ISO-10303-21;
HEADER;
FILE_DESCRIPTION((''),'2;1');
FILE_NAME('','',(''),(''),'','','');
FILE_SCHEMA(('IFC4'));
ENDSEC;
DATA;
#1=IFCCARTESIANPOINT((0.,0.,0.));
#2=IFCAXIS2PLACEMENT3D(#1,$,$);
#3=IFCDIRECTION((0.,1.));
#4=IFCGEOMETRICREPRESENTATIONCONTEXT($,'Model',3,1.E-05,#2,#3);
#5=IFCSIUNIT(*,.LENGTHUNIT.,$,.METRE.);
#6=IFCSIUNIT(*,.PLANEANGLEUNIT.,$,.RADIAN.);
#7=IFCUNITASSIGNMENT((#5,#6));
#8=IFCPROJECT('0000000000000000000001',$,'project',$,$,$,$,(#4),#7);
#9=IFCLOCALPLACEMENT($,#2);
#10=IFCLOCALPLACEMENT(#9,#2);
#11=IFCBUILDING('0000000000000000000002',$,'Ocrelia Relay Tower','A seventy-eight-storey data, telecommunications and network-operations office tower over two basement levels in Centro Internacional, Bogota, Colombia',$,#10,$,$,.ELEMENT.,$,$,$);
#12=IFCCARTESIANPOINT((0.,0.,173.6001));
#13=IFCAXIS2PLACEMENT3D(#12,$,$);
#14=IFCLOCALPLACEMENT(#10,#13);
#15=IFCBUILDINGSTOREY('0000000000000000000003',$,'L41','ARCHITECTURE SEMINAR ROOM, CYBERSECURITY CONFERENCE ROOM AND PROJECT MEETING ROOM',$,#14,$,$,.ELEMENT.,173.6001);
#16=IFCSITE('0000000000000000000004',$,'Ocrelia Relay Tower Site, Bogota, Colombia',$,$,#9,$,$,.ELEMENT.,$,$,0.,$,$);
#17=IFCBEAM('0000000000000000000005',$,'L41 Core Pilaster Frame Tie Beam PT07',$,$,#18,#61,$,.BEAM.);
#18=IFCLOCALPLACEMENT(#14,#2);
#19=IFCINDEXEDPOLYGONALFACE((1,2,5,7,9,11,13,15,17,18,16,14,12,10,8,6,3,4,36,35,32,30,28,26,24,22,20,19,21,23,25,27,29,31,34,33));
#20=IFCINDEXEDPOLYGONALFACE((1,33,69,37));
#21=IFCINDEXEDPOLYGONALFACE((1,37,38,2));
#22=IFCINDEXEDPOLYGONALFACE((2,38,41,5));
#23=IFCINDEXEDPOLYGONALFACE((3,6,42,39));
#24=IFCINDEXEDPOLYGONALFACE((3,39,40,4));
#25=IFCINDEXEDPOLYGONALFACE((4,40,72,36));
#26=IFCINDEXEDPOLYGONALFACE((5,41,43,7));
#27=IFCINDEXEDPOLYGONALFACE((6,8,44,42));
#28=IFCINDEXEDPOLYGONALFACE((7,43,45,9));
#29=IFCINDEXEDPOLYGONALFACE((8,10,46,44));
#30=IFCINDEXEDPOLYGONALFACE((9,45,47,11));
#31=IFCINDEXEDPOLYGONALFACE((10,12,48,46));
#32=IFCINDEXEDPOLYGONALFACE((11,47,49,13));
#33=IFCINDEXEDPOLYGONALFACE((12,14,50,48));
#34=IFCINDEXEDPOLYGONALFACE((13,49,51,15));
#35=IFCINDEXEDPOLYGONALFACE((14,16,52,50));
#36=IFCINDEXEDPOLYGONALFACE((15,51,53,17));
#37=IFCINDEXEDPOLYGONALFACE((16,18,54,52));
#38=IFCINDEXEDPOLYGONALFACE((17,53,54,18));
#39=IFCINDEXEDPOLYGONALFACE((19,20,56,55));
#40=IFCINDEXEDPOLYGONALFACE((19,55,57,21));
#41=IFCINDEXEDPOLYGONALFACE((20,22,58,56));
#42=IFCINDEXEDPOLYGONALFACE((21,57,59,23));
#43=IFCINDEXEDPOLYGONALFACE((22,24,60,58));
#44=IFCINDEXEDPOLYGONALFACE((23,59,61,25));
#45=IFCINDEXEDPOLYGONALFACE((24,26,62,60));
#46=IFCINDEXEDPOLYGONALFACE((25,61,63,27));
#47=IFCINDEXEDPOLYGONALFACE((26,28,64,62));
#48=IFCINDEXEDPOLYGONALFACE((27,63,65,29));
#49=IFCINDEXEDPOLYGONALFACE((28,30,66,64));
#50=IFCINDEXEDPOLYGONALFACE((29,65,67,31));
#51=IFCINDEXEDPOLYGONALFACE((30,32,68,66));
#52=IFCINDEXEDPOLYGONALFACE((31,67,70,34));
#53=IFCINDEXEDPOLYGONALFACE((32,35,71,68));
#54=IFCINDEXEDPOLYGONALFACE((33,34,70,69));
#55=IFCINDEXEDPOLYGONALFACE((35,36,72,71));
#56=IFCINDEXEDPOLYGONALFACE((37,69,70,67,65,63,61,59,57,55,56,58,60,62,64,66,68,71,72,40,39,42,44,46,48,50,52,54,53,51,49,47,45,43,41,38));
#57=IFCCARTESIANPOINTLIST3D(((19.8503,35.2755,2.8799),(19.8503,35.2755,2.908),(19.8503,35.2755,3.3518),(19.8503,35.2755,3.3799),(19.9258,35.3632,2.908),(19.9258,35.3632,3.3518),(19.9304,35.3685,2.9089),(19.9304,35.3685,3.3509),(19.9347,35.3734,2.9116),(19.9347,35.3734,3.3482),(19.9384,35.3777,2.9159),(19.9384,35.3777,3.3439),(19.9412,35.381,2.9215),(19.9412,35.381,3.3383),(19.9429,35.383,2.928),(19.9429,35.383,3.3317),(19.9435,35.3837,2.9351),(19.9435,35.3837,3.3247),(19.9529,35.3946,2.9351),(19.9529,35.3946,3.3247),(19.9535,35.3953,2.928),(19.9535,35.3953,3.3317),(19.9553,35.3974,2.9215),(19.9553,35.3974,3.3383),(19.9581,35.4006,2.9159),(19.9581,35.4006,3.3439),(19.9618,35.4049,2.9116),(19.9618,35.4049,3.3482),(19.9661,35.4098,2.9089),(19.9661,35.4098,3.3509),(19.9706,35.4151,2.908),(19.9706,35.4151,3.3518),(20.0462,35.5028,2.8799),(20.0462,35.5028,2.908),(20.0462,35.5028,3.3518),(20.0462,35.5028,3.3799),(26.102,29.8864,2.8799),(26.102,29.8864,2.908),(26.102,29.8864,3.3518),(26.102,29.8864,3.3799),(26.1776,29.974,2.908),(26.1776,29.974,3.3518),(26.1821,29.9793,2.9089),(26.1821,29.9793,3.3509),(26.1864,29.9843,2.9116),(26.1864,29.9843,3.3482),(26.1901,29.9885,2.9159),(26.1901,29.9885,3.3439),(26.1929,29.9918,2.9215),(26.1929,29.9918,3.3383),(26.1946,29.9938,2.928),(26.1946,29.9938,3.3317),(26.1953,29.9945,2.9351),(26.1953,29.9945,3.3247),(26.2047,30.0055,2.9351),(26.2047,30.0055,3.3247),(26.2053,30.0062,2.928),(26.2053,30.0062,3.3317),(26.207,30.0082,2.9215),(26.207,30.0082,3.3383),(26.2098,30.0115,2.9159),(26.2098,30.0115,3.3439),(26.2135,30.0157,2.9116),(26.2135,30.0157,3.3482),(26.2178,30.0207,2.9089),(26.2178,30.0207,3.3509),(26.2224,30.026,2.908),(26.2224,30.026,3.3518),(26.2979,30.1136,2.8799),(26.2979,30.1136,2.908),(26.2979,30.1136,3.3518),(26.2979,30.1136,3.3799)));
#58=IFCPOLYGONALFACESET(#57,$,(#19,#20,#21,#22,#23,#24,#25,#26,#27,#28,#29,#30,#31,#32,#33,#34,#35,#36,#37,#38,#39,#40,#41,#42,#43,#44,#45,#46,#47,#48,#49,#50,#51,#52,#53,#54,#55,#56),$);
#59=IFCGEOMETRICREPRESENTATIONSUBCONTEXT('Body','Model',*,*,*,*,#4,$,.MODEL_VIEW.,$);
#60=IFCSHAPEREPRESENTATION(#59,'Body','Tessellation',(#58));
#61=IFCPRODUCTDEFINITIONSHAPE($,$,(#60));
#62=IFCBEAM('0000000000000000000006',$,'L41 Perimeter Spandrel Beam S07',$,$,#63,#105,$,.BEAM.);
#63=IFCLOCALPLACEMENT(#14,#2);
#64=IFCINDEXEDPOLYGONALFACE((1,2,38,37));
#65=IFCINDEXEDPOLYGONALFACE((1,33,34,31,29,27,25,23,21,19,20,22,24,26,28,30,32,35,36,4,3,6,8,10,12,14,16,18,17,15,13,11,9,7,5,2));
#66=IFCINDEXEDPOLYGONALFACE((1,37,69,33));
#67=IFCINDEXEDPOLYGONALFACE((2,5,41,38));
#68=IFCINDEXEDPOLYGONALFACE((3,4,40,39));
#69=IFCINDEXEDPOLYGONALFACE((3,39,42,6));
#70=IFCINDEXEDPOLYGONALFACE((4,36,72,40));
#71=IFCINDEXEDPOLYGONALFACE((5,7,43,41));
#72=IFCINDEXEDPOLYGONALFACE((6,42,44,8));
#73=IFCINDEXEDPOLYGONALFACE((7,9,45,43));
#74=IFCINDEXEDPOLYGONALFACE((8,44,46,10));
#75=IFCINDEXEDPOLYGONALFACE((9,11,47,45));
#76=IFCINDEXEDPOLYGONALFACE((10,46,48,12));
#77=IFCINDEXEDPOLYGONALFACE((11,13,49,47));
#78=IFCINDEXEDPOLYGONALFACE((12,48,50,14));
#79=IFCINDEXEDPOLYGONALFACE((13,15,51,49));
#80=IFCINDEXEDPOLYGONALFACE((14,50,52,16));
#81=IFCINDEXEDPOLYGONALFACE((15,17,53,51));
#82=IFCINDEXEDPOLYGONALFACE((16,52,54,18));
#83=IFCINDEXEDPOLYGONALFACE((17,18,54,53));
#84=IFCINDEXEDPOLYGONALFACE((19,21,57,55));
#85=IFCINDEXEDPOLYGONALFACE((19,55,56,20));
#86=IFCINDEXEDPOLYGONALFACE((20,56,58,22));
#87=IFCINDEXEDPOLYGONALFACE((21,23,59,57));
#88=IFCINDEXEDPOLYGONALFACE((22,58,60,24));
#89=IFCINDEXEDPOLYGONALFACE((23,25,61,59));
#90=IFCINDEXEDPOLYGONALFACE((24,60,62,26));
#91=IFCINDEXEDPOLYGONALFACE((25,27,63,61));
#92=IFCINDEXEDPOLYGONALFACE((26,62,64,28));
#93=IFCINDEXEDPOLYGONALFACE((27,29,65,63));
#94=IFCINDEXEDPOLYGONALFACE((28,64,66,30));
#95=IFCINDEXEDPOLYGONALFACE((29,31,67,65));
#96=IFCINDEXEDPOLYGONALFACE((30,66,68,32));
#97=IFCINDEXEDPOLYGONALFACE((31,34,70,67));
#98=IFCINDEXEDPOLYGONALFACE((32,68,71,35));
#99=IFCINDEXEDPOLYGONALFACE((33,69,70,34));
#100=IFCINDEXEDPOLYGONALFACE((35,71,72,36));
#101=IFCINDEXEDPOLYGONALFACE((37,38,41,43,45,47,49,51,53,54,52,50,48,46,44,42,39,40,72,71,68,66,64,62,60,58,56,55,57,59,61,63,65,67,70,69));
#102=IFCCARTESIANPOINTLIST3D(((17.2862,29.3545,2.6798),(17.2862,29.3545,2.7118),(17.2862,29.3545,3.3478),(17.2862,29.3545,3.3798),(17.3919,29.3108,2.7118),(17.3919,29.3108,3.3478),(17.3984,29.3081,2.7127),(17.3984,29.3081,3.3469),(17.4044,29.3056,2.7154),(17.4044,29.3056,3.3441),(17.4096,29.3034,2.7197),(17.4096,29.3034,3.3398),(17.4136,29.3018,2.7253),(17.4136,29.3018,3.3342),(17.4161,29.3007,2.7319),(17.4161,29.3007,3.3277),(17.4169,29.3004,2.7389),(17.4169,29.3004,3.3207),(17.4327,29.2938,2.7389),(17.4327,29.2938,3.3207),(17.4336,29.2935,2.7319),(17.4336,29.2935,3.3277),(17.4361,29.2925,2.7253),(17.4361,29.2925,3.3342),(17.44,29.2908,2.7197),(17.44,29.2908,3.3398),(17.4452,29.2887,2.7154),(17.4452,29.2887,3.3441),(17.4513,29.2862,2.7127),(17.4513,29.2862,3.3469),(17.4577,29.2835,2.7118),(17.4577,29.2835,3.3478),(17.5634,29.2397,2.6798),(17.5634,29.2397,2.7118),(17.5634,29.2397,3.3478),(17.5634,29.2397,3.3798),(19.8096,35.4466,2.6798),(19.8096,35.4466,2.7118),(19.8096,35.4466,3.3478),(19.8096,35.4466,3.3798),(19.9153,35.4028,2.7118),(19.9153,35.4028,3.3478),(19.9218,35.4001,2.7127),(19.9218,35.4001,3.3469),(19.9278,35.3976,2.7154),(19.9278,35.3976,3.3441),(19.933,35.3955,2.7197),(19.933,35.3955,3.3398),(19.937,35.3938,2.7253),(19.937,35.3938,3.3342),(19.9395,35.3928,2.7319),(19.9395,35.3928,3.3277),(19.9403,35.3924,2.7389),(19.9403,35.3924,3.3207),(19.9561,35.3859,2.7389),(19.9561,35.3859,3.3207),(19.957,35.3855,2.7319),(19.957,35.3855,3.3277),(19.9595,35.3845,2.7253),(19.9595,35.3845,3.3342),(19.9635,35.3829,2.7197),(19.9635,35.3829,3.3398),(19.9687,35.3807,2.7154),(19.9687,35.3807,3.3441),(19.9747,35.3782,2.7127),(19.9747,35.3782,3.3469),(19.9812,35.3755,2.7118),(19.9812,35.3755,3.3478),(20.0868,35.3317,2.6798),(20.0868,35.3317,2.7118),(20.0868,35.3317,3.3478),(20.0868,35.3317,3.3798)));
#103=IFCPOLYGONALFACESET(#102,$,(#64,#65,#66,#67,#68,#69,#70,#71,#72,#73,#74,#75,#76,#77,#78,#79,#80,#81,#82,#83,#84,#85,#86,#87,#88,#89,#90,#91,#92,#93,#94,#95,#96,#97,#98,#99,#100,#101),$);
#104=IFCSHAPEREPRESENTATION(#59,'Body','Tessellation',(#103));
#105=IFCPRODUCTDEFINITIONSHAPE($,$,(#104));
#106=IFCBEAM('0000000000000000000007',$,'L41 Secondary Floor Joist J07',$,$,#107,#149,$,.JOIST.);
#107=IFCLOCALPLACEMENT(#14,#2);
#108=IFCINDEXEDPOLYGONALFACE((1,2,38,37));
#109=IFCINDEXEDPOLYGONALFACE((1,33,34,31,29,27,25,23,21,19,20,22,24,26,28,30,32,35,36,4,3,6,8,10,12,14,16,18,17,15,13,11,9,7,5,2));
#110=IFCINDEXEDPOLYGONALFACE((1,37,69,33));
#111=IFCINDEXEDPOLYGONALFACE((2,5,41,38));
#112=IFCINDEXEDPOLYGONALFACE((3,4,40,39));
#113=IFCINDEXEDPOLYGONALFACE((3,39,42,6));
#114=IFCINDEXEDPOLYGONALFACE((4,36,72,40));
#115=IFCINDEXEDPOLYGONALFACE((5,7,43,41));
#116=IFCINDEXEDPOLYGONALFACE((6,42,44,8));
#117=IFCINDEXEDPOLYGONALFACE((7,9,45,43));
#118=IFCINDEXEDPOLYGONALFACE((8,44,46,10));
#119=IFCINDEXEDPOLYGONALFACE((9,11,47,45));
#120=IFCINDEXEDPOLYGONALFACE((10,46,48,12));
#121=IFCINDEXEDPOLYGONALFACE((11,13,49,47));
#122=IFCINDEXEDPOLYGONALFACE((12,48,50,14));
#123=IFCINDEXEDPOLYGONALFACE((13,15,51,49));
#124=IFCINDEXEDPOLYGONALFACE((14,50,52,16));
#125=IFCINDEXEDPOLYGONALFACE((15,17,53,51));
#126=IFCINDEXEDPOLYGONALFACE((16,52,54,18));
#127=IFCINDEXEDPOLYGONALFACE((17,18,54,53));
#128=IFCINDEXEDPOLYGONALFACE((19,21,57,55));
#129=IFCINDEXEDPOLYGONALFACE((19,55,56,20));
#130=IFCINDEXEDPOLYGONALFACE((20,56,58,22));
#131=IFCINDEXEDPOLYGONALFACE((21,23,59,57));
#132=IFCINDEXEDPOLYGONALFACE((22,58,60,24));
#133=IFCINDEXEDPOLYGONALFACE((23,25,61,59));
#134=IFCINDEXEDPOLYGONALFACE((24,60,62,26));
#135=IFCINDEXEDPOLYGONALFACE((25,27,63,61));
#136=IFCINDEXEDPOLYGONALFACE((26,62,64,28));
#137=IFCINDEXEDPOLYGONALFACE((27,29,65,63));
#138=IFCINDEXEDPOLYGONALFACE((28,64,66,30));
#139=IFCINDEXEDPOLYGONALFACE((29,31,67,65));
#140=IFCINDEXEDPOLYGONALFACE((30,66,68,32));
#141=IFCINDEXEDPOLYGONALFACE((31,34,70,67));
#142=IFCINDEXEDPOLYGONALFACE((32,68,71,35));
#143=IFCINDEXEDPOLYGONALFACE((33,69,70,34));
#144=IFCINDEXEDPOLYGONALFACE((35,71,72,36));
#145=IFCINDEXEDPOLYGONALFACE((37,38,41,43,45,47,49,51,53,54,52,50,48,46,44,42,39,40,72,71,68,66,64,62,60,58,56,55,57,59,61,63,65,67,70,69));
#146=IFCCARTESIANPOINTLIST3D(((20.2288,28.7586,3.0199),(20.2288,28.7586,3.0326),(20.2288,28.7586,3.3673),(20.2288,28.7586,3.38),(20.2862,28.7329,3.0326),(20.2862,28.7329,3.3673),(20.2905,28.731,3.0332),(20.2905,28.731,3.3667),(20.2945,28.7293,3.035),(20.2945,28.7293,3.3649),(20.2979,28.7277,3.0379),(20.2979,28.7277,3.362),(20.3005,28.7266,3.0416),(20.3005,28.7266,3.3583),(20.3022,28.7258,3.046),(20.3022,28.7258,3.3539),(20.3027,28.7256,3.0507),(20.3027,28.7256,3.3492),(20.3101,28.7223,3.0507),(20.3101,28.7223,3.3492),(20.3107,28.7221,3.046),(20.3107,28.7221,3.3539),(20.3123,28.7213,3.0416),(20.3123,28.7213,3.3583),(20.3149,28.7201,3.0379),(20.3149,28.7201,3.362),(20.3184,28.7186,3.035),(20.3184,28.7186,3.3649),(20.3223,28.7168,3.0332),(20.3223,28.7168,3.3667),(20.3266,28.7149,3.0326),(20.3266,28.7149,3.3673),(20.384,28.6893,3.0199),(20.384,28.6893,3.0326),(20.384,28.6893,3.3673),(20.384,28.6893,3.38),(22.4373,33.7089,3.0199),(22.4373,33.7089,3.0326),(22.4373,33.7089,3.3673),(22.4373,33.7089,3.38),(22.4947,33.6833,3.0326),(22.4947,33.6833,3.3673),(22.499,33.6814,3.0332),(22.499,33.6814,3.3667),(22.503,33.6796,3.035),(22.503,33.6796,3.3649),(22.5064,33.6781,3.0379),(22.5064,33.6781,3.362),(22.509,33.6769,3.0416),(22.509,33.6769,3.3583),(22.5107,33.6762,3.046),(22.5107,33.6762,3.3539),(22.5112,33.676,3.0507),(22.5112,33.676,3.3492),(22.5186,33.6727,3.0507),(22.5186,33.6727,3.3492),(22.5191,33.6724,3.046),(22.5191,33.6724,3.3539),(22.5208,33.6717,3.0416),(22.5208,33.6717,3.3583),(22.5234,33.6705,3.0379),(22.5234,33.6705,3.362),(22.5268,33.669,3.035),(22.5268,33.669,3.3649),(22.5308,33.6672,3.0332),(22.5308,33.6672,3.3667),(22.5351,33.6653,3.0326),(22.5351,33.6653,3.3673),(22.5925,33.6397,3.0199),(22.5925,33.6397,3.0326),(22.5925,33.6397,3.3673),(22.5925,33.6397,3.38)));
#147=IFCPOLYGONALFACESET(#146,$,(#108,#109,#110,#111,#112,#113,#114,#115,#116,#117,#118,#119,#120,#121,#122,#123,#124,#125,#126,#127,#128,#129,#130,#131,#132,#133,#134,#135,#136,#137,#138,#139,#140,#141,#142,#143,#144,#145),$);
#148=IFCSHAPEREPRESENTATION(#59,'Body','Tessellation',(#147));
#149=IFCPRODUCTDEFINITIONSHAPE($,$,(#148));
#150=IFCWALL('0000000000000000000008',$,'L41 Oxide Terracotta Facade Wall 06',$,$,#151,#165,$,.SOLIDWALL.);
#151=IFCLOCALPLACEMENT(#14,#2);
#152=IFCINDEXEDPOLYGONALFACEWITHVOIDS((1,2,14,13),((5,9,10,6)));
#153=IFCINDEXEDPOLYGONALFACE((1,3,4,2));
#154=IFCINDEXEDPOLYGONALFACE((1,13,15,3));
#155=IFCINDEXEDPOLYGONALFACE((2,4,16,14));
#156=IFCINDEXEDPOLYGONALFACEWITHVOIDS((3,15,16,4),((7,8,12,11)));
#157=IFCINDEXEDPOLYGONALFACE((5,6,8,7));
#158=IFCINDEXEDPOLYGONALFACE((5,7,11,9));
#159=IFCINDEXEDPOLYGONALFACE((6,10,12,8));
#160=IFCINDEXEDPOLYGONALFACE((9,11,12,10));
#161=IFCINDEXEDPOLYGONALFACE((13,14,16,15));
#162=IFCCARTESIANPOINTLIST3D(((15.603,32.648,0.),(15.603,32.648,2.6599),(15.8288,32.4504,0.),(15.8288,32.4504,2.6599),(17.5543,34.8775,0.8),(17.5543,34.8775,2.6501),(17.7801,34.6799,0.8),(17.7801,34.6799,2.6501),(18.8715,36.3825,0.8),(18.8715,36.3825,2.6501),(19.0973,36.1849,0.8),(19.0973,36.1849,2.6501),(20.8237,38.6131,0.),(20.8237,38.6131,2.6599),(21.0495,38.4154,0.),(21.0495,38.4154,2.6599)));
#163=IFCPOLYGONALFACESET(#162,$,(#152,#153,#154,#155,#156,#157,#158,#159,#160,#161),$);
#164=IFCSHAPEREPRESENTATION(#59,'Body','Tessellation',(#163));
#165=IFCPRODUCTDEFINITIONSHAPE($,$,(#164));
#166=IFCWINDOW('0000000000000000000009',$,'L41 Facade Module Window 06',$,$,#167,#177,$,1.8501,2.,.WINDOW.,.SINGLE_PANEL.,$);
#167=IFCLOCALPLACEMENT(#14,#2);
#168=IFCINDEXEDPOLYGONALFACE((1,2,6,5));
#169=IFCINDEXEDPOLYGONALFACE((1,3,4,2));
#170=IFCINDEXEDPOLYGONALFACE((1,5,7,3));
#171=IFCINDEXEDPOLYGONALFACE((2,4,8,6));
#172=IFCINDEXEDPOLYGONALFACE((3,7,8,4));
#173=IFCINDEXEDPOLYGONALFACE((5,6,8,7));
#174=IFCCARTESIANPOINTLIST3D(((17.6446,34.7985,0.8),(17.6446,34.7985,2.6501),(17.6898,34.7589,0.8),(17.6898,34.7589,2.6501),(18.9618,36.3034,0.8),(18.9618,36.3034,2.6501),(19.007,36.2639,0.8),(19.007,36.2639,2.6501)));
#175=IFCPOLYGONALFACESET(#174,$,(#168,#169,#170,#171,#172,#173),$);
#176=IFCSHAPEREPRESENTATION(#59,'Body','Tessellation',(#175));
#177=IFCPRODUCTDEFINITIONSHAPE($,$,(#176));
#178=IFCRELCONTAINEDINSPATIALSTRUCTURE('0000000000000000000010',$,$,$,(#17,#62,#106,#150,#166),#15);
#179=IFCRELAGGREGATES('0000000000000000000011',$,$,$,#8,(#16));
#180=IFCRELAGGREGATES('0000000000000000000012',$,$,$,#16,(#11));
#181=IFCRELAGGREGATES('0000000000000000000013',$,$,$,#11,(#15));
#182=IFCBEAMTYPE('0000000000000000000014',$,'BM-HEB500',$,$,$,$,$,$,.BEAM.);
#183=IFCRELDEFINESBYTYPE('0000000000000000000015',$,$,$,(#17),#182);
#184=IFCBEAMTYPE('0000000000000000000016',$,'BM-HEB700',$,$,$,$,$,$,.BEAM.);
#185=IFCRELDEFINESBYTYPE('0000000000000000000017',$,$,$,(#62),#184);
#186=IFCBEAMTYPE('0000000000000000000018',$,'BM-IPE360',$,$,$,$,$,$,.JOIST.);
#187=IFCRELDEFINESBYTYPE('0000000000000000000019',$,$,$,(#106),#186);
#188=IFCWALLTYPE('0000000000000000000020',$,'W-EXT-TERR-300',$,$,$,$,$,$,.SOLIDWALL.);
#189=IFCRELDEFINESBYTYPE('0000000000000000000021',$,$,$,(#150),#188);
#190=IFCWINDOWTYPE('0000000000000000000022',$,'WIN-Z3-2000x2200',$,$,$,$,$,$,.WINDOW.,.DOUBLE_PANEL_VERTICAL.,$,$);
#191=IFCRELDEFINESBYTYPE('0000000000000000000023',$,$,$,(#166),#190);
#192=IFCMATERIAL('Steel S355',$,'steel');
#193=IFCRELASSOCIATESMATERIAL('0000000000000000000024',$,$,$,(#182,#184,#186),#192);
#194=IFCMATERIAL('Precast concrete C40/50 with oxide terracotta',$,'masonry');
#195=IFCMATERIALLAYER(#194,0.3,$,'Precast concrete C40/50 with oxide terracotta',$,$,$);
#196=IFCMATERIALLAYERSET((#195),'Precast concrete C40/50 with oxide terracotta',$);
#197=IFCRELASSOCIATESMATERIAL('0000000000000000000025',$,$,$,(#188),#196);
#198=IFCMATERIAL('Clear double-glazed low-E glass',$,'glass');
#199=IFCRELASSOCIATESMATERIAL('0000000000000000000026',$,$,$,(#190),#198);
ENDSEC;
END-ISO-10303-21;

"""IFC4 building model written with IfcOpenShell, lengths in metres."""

from ifc_helpers import new_model, si_unit, direction, frame, frame_2d, origin, origin_2d, place, context, subcontext, project, spatial, rectangle, i_section, extrude, material, layer, layer_set, material_profile, profile_set, type_object, element, fill, save


model = new_model("IFC4")

# Units and contexts
model_context = context("Model", 3, precision=1e-05, world=origin(), true_north=direction((0.0, 1.0)))
body_context = subcontext(model_context, "Body", "Model", "MODEL_VIEW")
ifc_project = project(units=[si_unit("LENGTHUNIT", "METRE"), si_unit("PLANEANGLEUNIT", "RADIAN")], contexts=[model_context])

# Site, building, storey
site_placement = place(None, origin())
site = spatial("IfcSite", under=ifc_project, at=site_placement, Name="Ocrelia Relay Tower Site, Bogota, Colombia", CompositionType="ELEMENT", RefElevation=0.0)
building_placement = place(site_placement, origin())
building = spatial("IfcBuilding", under=site, at=building_placement, Name="Ocrelia Relay Tower", Description="A seventy-eight-storey data, telecommunications and network-operations office tower over two basement levels in Centro Internacional, Bogota, Colombia", CompositionType="ELEMENT")
storey_placement = place(building_placement, frame((0.0, 0.0, 173.6001)))
storey = spatial("IfcBuildingStorey", under=building, at=storey_placement, Name="L41", Description="ARCHITECTURE SEMINAR ROOM, CYBERSECURITY CONFERENCE ROOM AND PROJECT MEETING ROOM", CompositionType="ELEMENT", Elevation=173.6001)

# Beams
ifc_material_1 = material(Name="Steel S355", Category="steel")
ifc_material_profile_1 = material_profile(ifc_material_1, i_section(OverallWidth=0.3, OverallDepth=0.5, WebThickness=0.0144, FlangeThickness=0.0281, FilletRadius=0.0271, at=origin_2d()), Name="HEB 500")
ifc_profile_set_1 = profile_set([ifc_material_profile_1], Name="Steel S355")
beam_type_1 = type_object("IfcBeamType", Name="BM-HEB500", PredefinedType="BEAM", material=ifc_profile_set_1)
beam_1_placement = place(storey_placement, frame((19.9482, 35.3892, 3.1299), z_axis=(0.757425, -0.652923, 0.0), x_axis=(0.652923, 0.757425, 0.0)))
element("IfcBeam", 1, at=beam_1_placement, inside=storey, type_object=beam_type_1, Name="L41 Core Pilaster Frame Tie Beam PT07", PredefinedType="BEAM", context=body_context, shape_type="SweptSolid", body=[
    extrude(i_section(OverallWidth=0.3, OverallDepth=0.5, WebThickness=0.0144, FlangeThickness=0.0281, FilletRadius=0.0271, at=origin_2d()), origin(), (0.0, 0.0, 1.0), 8.2539),
])
ifc_material_profile_2 = material_profile(ifc_material_1, i_section(OverallWidth=0.3, OverallDepth=0.7, WebThickness=0.0171, FlangeThickness=0.032, FilletRadius=0.0271, at=origin_2d()), Name="HEB 700")
ifc_profile_set_2 = profile_set([ifc_material_profile_2], Name="Steel S355")
beam_type_2 = type_object("IfcBeamType", Name="BM-HEB700", PredefinedType="BEAM", material=ifc_profile_set_2)
beam_2_placement = place(storey_placement, frame((19.9482, 35.3892, 3.0298), z_axis=(-0.382688, -0.923878, 0.0), x_axis=(0.923878, -0.382688, 0.0)))
element("IfcBeam", 2, at=beam_2_placement, inside=storey, type_object=beam_type_2, Name="L41 Perimeter Spandrel Beam S07", PredefinedType="BEAM", context=body_context, shape_type="SweptSolid", body=[
    extrude(i_section(OverallWidth=0.3, OverallDepth=0.7, WebThickness=0.0171, FlangeThickness=0.032, FilletRadius=0.0271, at=origin_2d()), origin(), (0.0, 0.0, 1.0), 6.594),
])
ifc_material_profile_3 = material_profile(ifc_material_1, i_section(OverallWidth=0.1699, OverallDepth=0.3601, WebThickness=0.0081, FlangeThickness=0.0127, FilletRadius=0.0181, at=origin_2d()), Name="IPE 360")
ifc_profile_set_3 = profile_set([ifc_material_profile_3], Name="Steel S355")
beam_type_3 = type_object("IfcBeamType", Name="BM-IPE360", PredefinedType="JOIST", material=ifc_profile_set_3)
beam_3_placement = place(storey_placement, frame((22.5149, 33.6743, 3.2), z_axis=(-0.407417, -0.913242, 0.0), x_axis=(0.913242, -0.407417, 0.0)))
element("IfcBeam", 3, at=beam_3_placement, inside=storey, type_object=beam_type_3, Name="L41 Secondary Floor Joist J07", PredefinedType="JOIST", context=body_context, shape_type="SweptSolid", body=[
    extrude(i_section(OverallWidth=0.1699, OverallDepth=0.3601, WebThickness=0.0081, FlangeThickness=0.0127, FilletRadius=0.0181, at=origin_2d()), origin(), (0.0, 0.0, 1.0), 5.4207),
])

# Wall, opening, window
ifc_material_2 = material(Name="Precast concrete C40/50 with oxide terracotta", Category="masonry")
ifc_layer_1 = layer(ifc_material_2, 0.3, Name="Precast concrete C40/50 with oxide terracotta")
ifc_layer_set_1 = layer_set([ifc_layer_1], Name="Precast concrete C40/50 with oxide terracotta")
wall_type_1 = type_object("IfcWallType", Name="W-EXT-TERR-300", PredefinedType="SOLIDWALL", material=ifc_layer_set_1)
wall_1_placement = place(storey_placement, frame((20.9365, 38.5142, 0.0), z_axis=(0.0, 0.0, 1.0), x_axis=(-0.658594, -0.752498, 0.0)))
wall_1 = element("IfcWall", 4, at=wall_1_placement, inside=storey, type_object=wall_type_1, Name="L41 Oxide Terracotta Facade Wall 06", PredefinedType="SOLIDWALL", context=body_context, shape_type="SweptSolid", body=[
    extrude(rectangle(XDim=7.927, YDim=0.3, at=frame_2d((3.9634, 0.0))), origin(), (0.0, 0.0, 1.0), 2.6599),
])
opening_1_placement = place(wall_1_placement, frame((2.9641, 0.0, 0.8)))
opening_1 = element("IfcOpeningElement", 5, at=opening_1_placement, cuts=wall_1, PredefinedType="OPENING", context=body_context, shape_type="SweptSolid", body=[
    extrude(rectangle(XDim=2.0, YDim=1.8501, at=frame_2d((1.0, 0.925))), frame((0.0, 0.1602, 0.0), z_axis=(0.0, -1.0, 0.0), x_axis=(1.0, 0.0, 0.0)), (0.0, 0.0, 1.0), 0.3201),
])
ifc_material_3 = material(Name="Clear double-glazed low-E glass", Category="glass")
window_type = type_object("IfcWindowType", Name="WIN-Z3-2000x2200", PartitioningType="DOUBLE_PANEL_VERTICAL", PredefinedType="WINDOW", material=ifc_material_3)
window_1_placement = place(opening_1_placement, origin())
window_1 = element("IfcWindow", 6, at=window_1_placement, inside=storey, type_object=window_type, Name="L41 Facade Module Window 06", OverallHeight=1.8501, OverallWidth=2.0, PartitioningType="SINGLE_PANEL", PredefinedType="WINDOW", context=body_context, shape_type="SweptSolid", body=[
    extrude(rectangle(XDim=2.0, YDim=1.8501, at=frame_2d((1.0, 0.925))), frame((0.0, 0.03, 0.0), z_axis=(0.0, -1.0, 0.0), x_axis=(1.0, 0.0, 0.0)), (0.0, 0.0, 1.0), 0.0601),
])
fill(opening_1, window_1)

save(model, "model.ifc")
